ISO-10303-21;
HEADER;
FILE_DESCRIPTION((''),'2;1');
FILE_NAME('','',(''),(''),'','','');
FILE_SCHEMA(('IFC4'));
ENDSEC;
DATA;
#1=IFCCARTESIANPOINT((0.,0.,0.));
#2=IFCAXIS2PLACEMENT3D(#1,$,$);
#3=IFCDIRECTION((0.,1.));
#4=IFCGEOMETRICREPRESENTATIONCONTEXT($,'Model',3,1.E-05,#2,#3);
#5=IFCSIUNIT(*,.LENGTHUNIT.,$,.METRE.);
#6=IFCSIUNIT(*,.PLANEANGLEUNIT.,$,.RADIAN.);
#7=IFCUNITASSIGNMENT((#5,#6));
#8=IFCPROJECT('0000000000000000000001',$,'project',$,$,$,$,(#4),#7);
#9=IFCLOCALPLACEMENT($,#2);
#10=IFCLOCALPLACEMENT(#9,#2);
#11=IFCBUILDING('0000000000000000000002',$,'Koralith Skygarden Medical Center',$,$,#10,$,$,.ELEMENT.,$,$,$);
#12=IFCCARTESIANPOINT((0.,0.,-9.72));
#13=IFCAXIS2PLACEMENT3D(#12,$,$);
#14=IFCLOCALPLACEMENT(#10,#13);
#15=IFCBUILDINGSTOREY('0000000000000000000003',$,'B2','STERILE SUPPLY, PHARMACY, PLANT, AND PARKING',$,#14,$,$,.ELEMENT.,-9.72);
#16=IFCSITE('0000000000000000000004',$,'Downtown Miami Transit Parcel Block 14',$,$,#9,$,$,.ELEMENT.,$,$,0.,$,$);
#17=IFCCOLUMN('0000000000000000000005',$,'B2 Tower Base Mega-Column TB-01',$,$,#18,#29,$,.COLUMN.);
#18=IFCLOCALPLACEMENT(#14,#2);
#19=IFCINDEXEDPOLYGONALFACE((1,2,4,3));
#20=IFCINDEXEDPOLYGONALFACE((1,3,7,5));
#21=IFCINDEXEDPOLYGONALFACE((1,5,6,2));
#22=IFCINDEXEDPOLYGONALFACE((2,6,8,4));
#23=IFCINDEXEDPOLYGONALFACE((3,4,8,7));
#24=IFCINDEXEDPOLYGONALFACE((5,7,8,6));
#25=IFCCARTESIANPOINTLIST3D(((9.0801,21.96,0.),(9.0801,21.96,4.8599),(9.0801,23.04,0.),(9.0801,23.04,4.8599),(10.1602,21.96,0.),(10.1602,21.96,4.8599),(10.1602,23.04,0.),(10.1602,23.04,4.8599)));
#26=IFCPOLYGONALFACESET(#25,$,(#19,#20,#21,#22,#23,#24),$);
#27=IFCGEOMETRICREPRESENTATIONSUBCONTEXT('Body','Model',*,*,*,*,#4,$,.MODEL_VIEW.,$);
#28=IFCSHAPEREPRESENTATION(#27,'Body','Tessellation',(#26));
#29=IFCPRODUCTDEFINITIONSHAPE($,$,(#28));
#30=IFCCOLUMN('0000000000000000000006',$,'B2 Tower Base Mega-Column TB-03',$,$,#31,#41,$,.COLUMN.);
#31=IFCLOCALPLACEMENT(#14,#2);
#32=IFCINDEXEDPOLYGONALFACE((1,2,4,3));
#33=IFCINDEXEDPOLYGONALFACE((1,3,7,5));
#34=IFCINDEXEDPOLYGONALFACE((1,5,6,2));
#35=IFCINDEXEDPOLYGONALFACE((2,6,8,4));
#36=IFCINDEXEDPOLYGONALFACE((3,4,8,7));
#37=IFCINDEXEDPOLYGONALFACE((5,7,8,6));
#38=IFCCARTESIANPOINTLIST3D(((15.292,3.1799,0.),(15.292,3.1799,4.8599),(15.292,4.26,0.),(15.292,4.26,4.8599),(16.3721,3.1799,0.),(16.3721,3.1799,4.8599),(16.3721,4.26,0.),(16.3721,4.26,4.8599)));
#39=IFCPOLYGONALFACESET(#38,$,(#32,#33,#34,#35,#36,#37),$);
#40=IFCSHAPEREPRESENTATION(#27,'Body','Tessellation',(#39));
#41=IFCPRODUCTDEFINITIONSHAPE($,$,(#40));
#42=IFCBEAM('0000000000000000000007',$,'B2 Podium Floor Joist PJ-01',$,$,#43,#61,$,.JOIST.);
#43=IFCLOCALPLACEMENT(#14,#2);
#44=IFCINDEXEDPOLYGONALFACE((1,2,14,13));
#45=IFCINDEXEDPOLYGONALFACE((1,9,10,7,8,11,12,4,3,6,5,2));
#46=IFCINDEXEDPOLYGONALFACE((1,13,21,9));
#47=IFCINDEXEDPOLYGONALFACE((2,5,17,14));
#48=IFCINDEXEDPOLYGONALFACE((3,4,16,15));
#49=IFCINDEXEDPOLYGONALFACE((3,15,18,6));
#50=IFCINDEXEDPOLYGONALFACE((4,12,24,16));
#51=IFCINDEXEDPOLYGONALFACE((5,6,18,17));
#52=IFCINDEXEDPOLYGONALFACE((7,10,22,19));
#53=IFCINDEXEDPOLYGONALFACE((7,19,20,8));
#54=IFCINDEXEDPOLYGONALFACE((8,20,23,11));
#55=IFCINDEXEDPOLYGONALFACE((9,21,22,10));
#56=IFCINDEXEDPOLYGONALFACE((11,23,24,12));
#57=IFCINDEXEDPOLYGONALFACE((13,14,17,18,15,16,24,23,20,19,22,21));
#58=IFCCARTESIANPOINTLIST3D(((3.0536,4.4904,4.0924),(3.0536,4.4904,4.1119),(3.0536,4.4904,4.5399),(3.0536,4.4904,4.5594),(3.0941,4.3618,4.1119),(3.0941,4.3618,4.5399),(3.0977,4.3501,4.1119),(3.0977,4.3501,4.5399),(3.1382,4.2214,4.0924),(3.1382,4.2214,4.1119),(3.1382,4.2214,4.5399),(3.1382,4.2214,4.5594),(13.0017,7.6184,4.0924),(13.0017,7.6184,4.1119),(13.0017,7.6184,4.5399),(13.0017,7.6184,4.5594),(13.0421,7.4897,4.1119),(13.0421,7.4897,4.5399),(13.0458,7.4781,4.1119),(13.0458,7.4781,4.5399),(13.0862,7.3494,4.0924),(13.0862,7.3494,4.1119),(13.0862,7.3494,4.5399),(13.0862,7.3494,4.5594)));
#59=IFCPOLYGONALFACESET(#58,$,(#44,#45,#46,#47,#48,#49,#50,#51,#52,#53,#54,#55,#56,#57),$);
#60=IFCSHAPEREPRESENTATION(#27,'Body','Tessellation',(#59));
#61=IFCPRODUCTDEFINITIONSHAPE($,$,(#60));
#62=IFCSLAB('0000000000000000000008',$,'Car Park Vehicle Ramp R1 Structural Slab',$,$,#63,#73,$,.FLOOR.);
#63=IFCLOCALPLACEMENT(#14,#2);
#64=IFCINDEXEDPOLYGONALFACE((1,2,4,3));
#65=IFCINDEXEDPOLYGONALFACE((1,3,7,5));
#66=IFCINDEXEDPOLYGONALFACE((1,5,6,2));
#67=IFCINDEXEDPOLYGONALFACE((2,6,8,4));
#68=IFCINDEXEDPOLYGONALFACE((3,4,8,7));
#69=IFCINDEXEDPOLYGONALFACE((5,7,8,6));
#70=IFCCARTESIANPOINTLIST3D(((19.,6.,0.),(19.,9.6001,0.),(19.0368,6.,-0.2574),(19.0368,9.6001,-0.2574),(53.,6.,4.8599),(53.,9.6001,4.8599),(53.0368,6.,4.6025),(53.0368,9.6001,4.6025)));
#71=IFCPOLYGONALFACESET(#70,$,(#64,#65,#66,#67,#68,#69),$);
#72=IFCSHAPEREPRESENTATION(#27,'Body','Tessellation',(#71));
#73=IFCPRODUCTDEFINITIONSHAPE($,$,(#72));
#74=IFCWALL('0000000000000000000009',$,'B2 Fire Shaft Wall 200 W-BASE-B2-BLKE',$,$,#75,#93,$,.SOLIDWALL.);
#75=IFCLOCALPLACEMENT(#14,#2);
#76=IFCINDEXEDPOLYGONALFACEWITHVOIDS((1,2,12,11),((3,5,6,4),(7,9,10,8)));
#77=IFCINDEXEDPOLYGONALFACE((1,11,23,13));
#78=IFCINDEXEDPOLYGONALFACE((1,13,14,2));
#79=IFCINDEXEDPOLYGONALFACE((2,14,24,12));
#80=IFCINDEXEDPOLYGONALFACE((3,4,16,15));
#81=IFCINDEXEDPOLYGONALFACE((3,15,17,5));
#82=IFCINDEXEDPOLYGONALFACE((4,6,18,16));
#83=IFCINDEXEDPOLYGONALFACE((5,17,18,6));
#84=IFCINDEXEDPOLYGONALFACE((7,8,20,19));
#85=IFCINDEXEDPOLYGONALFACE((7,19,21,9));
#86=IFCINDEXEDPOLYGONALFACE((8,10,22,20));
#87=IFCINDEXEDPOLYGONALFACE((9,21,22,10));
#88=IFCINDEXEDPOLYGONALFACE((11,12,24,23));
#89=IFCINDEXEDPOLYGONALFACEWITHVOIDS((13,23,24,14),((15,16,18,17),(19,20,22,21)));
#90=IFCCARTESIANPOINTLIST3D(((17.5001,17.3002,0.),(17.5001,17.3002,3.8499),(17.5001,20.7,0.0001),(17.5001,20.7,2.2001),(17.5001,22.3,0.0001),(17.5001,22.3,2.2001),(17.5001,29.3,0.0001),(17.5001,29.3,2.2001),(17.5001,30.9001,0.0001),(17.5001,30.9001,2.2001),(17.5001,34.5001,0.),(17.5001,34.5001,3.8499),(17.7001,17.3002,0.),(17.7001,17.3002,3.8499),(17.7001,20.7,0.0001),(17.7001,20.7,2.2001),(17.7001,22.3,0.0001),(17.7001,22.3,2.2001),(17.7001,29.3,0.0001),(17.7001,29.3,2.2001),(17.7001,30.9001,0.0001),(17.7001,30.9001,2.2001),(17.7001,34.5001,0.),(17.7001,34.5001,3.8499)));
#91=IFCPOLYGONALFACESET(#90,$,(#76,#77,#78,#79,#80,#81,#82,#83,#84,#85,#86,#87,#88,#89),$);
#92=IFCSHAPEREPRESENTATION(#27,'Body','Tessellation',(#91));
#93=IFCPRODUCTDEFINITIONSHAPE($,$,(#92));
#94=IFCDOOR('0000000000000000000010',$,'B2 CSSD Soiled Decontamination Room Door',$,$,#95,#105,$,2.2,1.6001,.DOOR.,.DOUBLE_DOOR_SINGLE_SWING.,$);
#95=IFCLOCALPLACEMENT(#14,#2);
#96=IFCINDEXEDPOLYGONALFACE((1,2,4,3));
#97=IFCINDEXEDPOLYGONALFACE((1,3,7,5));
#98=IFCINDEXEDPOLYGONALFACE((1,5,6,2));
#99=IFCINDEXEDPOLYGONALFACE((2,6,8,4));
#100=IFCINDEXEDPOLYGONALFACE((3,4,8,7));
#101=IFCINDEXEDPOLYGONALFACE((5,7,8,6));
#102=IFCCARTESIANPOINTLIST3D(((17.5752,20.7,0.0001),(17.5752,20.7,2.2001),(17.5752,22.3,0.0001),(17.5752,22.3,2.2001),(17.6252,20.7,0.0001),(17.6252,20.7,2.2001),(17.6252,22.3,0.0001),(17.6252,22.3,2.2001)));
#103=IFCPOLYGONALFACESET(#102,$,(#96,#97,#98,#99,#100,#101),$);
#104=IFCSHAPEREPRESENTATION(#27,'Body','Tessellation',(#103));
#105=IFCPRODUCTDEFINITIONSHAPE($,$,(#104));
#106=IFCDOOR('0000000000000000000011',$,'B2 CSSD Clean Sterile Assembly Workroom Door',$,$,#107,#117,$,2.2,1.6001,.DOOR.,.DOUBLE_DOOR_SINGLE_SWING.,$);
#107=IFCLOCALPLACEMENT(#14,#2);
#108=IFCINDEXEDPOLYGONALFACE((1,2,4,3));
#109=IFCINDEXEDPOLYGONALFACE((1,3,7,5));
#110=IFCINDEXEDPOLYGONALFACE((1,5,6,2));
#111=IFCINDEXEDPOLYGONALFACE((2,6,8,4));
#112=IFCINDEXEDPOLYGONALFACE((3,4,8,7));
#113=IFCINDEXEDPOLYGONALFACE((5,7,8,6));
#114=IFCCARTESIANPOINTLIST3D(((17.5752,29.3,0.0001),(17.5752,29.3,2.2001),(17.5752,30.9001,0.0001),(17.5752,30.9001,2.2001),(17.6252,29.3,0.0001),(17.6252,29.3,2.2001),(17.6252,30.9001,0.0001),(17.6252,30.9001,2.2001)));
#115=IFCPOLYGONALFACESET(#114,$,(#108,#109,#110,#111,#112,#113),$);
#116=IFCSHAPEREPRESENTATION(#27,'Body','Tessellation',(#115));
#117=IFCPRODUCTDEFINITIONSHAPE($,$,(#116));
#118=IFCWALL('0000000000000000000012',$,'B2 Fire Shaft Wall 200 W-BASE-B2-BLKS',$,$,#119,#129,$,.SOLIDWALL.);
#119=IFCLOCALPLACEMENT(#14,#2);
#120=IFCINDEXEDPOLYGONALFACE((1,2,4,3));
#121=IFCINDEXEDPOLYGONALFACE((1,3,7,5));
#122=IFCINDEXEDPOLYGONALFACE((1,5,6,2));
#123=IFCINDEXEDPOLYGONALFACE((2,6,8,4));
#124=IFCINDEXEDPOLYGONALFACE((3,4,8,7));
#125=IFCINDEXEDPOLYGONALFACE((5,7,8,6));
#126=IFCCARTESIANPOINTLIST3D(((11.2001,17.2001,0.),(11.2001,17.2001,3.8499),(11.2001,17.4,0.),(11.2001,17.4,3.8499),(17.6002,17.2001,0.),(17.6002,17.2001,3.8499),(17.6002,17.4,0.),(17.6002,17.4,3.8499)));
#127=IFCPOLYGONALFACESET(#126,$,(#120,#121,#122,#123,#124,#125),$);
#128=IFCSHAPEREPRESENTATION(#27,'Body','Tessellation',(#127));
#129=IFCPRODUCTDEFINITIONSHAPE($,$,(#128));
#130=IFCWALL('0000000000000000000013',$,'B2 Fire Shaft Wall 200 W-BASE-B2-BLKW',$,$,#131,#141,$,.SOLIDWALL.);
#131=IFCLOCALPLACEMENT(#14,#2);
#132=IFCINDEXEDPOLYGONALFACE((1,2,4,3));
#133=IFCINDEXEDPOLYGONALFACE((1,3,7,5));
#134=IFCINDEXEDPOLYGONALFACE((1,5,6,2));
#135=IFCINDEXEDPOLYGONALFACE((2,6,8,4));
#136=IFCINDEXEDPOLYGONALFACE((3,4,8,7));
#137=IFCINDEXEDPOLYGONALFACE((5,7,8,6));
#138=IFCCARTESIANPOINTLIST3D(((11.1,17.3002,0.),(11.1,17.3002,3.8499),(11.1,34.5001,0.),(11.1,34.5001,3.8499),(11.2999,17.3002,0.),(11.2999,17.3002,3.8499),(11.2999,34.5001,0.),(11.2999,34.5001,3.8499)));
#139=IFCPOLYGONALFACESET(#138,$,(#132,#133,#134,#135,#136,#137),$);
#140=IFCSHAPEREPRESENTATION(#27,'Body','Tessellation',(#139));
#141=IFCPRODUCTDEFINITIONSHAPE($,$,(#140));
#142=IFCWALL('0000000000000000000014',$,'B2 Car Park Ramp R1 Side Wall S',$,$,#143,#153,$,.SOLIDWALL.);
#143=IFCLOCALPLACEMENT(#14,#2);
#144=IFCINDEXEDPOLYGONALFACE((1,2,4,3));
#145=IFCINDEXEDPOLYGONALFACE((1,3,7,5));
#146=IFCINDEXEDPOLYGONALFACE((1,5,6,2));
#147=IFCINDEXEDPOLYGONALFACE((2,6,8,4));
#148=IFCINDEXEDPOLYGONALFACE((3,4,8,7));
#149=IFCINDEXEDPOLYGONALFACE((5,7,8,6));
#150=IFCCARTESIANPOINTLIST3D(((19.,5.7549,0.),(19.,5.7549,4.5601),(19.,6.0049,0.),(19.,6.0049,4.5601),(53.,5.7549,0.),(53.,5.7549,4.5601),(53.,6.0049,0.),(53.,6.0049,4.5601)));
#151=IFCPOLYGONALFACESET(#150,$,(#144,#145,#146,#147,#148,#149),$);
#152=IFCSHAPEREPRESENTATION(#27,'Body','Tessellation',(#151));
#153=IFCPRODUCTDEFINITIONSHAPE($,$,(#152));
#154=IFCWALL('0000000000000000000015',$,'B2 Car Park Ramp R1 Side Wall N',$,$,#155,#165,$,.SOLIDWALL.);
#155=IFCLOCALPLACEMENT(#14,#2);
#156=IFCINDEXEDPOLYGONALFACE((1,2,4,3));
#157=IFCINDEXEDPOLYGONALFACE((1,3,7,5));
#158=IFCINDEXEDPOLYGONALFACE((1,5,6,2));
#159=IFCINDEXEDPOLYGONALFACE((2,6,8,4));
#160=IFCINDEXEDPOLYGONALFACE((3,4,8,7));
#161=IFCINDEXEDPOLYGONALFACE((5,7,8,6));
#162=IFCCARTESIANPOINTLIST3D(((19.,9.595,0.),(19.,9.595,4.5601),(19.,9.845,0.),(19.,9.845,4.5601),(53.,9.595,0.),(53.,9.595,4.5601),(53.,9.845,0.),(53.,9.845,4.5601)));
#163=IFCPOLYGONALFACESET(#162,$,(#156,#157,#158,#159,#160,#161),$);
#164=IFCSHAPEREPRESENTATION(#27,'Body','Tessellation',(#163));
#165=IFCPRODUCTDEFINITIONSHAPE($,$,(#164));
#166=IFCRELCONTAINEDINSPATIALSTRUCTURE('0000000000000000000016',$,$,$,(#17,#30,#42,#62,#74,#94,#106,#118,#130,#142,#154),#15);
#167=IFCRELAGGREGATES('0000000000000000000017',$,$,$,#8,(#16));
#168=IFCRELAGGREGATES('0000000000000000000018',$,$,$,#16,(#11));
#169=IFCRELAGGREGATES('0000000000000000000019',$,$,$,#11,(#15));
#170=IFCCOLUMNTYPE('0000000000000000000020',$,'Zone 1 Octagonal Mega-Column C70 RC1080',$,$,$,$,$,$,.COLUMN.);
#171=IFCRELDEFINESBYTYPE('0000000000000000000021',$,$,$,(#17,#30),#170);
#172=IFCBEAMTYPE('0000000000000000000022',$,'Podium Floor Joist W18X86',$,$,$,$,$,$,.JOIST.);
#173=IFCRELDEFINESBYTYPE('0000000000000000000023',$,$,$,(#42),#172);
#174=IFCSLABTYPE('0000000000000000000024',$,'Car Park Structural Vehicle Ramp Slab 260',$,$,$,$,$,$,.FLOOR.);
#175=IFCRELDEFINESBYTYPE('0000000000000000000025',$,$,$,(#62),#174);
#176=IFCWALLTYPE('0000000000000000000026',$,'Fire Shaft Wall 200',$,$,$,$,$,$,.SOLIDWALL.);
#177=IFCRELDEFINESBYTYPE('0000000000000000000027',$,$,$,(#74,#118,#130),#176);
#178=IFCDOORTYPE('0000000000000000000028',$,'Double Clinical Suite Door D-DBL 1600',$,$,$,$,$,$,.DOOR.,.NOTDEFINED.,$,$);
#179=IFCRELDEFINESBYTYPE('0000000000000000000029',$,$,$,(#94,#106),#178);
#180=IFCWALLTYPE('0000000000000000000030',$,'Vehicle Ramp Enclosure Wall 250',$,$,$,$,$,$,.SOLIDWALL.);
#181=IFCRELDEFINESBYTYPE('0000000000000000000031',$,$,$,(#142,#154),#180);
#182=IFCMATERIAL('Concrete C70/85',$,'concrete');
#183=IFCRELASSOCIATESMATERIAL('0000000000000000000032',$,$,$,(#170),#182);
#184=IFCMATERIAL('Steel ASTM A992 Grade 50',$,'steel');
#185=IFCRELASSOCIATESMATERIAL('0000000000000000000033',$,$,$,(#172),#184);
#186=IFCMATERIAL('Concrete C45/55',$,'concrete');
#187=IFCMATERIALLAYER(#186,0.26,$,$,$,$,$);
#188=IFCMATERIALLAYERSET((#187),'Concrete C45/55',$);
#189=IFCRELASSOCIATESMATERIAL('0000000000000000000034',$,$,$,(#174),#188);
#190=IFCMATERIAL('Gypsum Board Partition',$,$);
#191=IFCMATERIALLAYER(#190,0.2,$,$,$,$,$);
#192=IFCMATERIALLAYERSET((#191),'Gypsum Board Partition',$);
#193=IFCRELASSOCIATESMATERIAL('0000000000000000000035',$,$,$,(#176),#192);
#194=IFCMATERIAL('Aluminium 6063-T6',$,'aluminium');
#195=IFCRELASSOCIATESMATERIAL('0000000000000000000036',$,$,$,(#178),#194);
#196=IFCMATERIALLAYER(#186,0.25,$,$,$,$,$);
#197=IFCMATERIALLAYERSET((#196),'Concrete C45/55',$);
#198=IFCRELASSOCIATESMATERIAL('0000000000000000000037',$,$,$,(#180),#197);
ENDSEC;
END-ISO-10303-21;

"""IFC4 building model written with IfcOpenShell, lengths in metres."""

from ifc_helpers import new_model, si_unit, direction, frame, frame_2d, origin, origin_2d, place, context, subcontext, project, spatial, polyline, rectangle, i_section, outline, extrude, material, layer, layer_set, material_profile, profile_set, type_object, element, fill, save


model = new_model("IFC4")

# Units and contexts
model_context = context("Model", 3, precision=1e-05, world=origin(), true_north=direction((0.0, 1.0)))
body_context = subcontext(model_context, "Body", "Model", "MODEL_VIEW")
ifc_project = project(units=[si_unit("LENGTHUNIT", "METRE"), si_unit("PLANEANGLEUNIT", "RADIAN")], contexts=[model_context])

# Site, building, storey
site_placement = place(None, origin())
site = spatial("IfcSite", under=ifc_project, at=site_placement, Name="Downtown Miami Transit Parcel Block 14", CompositionType="ELEMENT", RefElevation=0.0)
building_placement = place(site_placement, origin())
building = spatial("IfcBuilding", under=site, at=building_placement, Name="Koralith Skygarden Medical Center", CompositionType="ELEMENT")
storey_placement = place(building_placement, frame((0.0, 0.0, -9.72)))
storey = spatial("IfcBuildingStorey", under=building, at=storey_placement, Name="B2", Description="STERILE SUPPLY, PHARMACY, PLANT, AND PARKING", CompositionType="ELEMENT", Elevation=-9.72)

# Shared definitions
ifc_material_1 = material(Name="Concrete C45/55", Category="concrete")

# Columns
ifc_material_2 = material(Name="Concrete C70/85", Category="concrete")
ifc_material_profile_1 = material_profile(ifc_material_2, rectangle(XDim=1.0801, YDim=1.0801, at=origin_2d()), Name="RC1080X1080")
ifc_profile_set_1 = profile_set([ifc_material_profile_1], Name="Concrete C70/85")
column_type_1 = type_object("IfcColumnType", Name="Zone 1 Octagonal Mega-Column C70 RC1080", PredefinedType="COLUMN", material=ifc_profile_set_1)
for number, where, z_axis, x_axis, name in (
    (1, (9.6201, 22.5, 0.0), (0.0, 0.0, 1.0), (1.0, 0.0, 0.0), "B2 Tower Base Mega-Column TB-01"),
    (2, (15.832, 3.72, 0.0), (0.0, 0.0, 1.0), (1.0, 0.0, 0.0), "B2 Tower Base Mega-Column TB-03"),
):
    element("IfcColumn", number, at=place(storey_placement, frame(where, z_axis=z_axis, x_axis=x_axis)), inside=storey, type_object=column_type_1, Name=name, PredefinedType="COLUMN", context=body_context, shape_type="SweptSolid", body=[
        extrude(rectangle(XDim=1.0801, YDim=1.0801, at=origin_2d()), origin(), (0.0, 0.0, 1.0), 4.8599),
    ])

# Beam
ifc_material_3 = material(Name="Steel ASTM A992 Grade 50", Category="steel")
ifc_material_profile_2 = material_profile(ifc_material_3, i_section(OverallWidth=0.282, OverallDepth=0.467, WebThickness=0.0122, FlangeThickness=0.0195, at=origin_2d()), Name="W18X86")
ifc_profile_set_2 = profile_set([ifc_material_profile_2], Name="Steel ASTM A992 Grade 50")
beam_type = type_object("IfcBeamType", Name="Podium Floor Joist W18X86", PredefinedType="JOIST", material=ifc_profile_set_2)
beam_placement = place(storey_placement, frame((13.0439, 7.4839, 4.3259), z_axis=(-0.953955, -0.29995, 0.0), x_axis=(0.29995, -0.953955, 0.0)))
element("IfcBeam", 3, at=beam_placement, inside=storey, type_object=beam_type, Name="B2 Podium Floor Joist PJ-01", PredefinedType="JOIST", context=body_context, shape_type="SweptSolid", body=[
    extrude(i_section(OverallWidth=0.282, OverallDepth=0.467, WebThickness=0.0122, FlangeThickness=0.0195, at=origin_2d()), origin(), (0.0, 0.0, 1.0), 10.4282),
])

# Slab
ifc_layer_1 = layer(ifc_material_1, 0.26)
ifc_layer_set_1 = layer_set([ifc_layer_1], Name="Concrete C45/55")
slab_type = type_object("IfcSlabType", Name="Car Park Structural Vehicle Ramp Slab 260", PredefinedType="FLOOR", material=ifc_layer_set_1)
slab_placement = place(storey_placement, frame((19.0, 6.0, 0.0), z_axis=(-0.141499, 0.0, 0.989938), x_axis=(0.989938, 0.0, 0.141499)))
element("IfcSlab", 4, at=slab_placement, inside=storey, type_object=slab_type, Name="Car Park Vehicle Ramp R1 Structural Slab", PredefinedType="FLOOR", context=body_context, shape_type="SweptSolid", body=[
    extrude(outline(polyline([(0.0, 0.0), (34.3456, 0.0), (34.3456, 3.6001), (0.0, 3.6001), (0.0, 0.0)])), origin(), (0.0, 0.0, -1.0), 0.26),
])

# Wall, openings, doors
ifc_material_4 = material(Name="Gypsum Board Partition")
ifc_layer_2 = layer(ifc_material_4, 0.2)
ifc_layer_set_2 = layer_set([ifc_layer_2], Name="Gypsum Board Partition")
wall_type_1 = type_object("IfcWallType", Name="Fire Shaft Wall 200", PredefinedType="SOLIDWALL", material=ifc_layer_set_2)
wall_1_placement = place(storey_placement, frame((17.6001, 17.3, 0.0), z_axis=(0.0, 0.0, 1.0), x_axis=(0.0, 1.0, 0.0)))
wall_1 = element("IfcWall", 5, at=wall_1_placement, inside=storey, type_object=wall_type_1, Name="B2 Fire Shaft Wall 200 W-BASE-B2-BLKE", PredefinedType="SOLIDWALL", context=body_context, shape_type="SweptSolid", body=[
    extrude(rectangle(XDim=17.2, YDim=0.2, at=frame_2d((8.6001, 0.0))), origin(), (0.0, 0.0, 1.0), 3.8499),
])
opening_1_placement = place(wall_1_placement, frame((3.3999, 0.0, 0.0)))
opening_1 = element("IfcOpeningElement", 6, at=opening_1_placement, cuts=wall_1, PredefinedType="OPENING", context=body_context, shape_type="SweptSolid", body=[
    extrude(rectangle(XDim=1.6001, YDim=2.2, at=frame_2d((0.8, 1.1001))), frame((0.0, 0.1099, 0.0), z_axis=(0.0, -1.0, 0.0), x_axis=(1.0, 0.0, 0.0)), (0.0, 0.0, 1.0), 0.22),
])
opening_2_placement = place(wall_1_placement, frame((12.0, 0.0, 0.0)))
opening_2 = element("IfcOpeningElement", 7, at=opening_2_placement, cuts=wall_1, PredefinedType="OPENING", context=body_context, shape_type="SweptSolid", body=[
    extrude(rectangle(XDim=1.6001, YDim=2.2, at=frame_2d((0.8, 1.1001))), frame((0.0, 0.1099, 0.0), z_axis=(0.0, -1.0, 0.0), x_axis=(1.0, 0.0, 0.0)), (0.0, 0.0, 1.0), 0.22),
])
ifc_material_5 = material(Name="Aluminium 6063-T6", Category="aluminium")
door_type = type_object("IfcDoorType", Name="Double Clinical Suite Door D-DBL 1600", OperationType="NOTDEFINED", PredefinedType="DOOR", material=ifc_material_5)
door_1_placement = place(opening_1_placement, origin())
door_1 = element("IfcDoor", 8, at=door_1_placement, inside=storey, type_object=door_type, Name="B2 CSSD Soiled Decontamination Room Door", OperationType="DOUBLE_DOOR_SINGLE_SWING", OverallHeight=2.2, OverallWidth=1.6001, PredefinedType="DOOR", context=body_context, shape_type="SweptSolid", body=[
    extrude(rectangle(XDim=1.6001, YDim=2.2, at=frame_2d((0.8, 1.1001))), frame((0.0, 0.0249, 0.0), z_axis=(0.0, -1.0, 0.0), x_axis=(1.0, 0.0, 0.0)), (0.0, 0.0, 1.0), 0.05),
])
fill(opening_1, door_1)
door_2_placement = place(opening_2_placement, origin())
door_2 = element("IfcDoor", 9, at=door_2_placement, inside=storey, type_object=door_type, Name="B2 CSSD Clean Sterile Assembly Workroom Door", OperationType="DOUBLE_DOOR_SINGLE_SWING", OverallHeight=2.2, OverallWidth=1.6001, PredefinedType="DOOR", context=body_context, shape_type="SweptSolid", body=[
    extrude(rectangle(XDim=1.6001, YDim=2.2, at=frame_2d((0.8, 1.1001))), frame((0.0, 0.0249, 0.0), z_axis=(0.0, -1.0, 0.0), x_axis=(1.0, 0.0, 0.0)), (0.0, 0.0, 1.0), 0.05),
])
fill(opening_2, door_2)

# Walls
wall_2_placement = place(storey_placement, frame((11.2, 17.3, 0.0), z_axis=(0.0, 0.0, 1.0), x_axis=(1.0, 0.0, 0.0)))
element("IfcWall", 10, at=wall_2_placement, inside=storey, type_object=wall_type_1, Name="B2 Fire Shaft Wall 200 W-BASE-B2-BLKS", PredefinedType="SOLIDWALL", context=body_context, shape_type="SweptSolid", body=[
    extrude(rectangle(XDim=6.4001, YDim=0.2, at=frame_2d((3.2002, 0.0))), origin(), (0.0, 0.0, 1.0), 3.8499),
])
wall_3_placement = place(storey_placement, frame((11.2, 17.3, 0.0), z_axis=(0.0, 0.0, 1.0), x_axis=(0.0, 1.0, 0.0)))
element("IfcWall", 11, at=wall_3_placement, inside=storey, type_object=wall_type_1, Name="B2 Fire Shaft Wall 200 W-BASE-B2-BLKW", PredefinedType="SOLIDWALL", context=body_context, shape_type="SweptSolid", body=[
    extrude(rectangle(XDim=17.2, YDim=0.2, at=frame_2d((8.6001, 0.0))), origin(), (0.0, 0.0, 1.0), 3.8499),
])
ifc_layer_3 = layer(ifc_material_1, 0.25)
ifc_layer_set_3 = layer_set([ifc_layer_3], Name="Concrete C45/55")
wall_type_2 = type_object("IfcWallType", Name="Vehicle Ramp Enclosure Wall 250", PredefinedType="SOLIDWALL", material=ifc_layer_set_3)
for number, where, z_axis, x_axis, name in (
    (12, (19.0, 5.8799, 0.0), (0.0, 0.0, 1.0), (1.0, 0.0, 0.0), "B2 Car Park Ramp R1 Side Wall S"),
    (13, (19.0, 9.72, 0.0), (0.0, 0.0, 1.0), (1.0, 0.0, 0.0), "B2 Car Park Ramp R1 Side Wall N"),
):
    element("IfcWall", number, at=place(storey_placement, frame(where, z_axis=z_axis, x_axis=x_axis)), inside=storey, type_object=wall_type_2, Name=name, PredefinedType="SOLIDWALL", context=body_context, shape_type="SweptSolid", body=[
        extrude(rectangle(XDim=34.0, YDim=0.25, at=frame_2d((17.0, 0.0))), origin(), (0.0, 0.0, 1.0), 4.5601),
    ])

save(model, "model.ifc")
